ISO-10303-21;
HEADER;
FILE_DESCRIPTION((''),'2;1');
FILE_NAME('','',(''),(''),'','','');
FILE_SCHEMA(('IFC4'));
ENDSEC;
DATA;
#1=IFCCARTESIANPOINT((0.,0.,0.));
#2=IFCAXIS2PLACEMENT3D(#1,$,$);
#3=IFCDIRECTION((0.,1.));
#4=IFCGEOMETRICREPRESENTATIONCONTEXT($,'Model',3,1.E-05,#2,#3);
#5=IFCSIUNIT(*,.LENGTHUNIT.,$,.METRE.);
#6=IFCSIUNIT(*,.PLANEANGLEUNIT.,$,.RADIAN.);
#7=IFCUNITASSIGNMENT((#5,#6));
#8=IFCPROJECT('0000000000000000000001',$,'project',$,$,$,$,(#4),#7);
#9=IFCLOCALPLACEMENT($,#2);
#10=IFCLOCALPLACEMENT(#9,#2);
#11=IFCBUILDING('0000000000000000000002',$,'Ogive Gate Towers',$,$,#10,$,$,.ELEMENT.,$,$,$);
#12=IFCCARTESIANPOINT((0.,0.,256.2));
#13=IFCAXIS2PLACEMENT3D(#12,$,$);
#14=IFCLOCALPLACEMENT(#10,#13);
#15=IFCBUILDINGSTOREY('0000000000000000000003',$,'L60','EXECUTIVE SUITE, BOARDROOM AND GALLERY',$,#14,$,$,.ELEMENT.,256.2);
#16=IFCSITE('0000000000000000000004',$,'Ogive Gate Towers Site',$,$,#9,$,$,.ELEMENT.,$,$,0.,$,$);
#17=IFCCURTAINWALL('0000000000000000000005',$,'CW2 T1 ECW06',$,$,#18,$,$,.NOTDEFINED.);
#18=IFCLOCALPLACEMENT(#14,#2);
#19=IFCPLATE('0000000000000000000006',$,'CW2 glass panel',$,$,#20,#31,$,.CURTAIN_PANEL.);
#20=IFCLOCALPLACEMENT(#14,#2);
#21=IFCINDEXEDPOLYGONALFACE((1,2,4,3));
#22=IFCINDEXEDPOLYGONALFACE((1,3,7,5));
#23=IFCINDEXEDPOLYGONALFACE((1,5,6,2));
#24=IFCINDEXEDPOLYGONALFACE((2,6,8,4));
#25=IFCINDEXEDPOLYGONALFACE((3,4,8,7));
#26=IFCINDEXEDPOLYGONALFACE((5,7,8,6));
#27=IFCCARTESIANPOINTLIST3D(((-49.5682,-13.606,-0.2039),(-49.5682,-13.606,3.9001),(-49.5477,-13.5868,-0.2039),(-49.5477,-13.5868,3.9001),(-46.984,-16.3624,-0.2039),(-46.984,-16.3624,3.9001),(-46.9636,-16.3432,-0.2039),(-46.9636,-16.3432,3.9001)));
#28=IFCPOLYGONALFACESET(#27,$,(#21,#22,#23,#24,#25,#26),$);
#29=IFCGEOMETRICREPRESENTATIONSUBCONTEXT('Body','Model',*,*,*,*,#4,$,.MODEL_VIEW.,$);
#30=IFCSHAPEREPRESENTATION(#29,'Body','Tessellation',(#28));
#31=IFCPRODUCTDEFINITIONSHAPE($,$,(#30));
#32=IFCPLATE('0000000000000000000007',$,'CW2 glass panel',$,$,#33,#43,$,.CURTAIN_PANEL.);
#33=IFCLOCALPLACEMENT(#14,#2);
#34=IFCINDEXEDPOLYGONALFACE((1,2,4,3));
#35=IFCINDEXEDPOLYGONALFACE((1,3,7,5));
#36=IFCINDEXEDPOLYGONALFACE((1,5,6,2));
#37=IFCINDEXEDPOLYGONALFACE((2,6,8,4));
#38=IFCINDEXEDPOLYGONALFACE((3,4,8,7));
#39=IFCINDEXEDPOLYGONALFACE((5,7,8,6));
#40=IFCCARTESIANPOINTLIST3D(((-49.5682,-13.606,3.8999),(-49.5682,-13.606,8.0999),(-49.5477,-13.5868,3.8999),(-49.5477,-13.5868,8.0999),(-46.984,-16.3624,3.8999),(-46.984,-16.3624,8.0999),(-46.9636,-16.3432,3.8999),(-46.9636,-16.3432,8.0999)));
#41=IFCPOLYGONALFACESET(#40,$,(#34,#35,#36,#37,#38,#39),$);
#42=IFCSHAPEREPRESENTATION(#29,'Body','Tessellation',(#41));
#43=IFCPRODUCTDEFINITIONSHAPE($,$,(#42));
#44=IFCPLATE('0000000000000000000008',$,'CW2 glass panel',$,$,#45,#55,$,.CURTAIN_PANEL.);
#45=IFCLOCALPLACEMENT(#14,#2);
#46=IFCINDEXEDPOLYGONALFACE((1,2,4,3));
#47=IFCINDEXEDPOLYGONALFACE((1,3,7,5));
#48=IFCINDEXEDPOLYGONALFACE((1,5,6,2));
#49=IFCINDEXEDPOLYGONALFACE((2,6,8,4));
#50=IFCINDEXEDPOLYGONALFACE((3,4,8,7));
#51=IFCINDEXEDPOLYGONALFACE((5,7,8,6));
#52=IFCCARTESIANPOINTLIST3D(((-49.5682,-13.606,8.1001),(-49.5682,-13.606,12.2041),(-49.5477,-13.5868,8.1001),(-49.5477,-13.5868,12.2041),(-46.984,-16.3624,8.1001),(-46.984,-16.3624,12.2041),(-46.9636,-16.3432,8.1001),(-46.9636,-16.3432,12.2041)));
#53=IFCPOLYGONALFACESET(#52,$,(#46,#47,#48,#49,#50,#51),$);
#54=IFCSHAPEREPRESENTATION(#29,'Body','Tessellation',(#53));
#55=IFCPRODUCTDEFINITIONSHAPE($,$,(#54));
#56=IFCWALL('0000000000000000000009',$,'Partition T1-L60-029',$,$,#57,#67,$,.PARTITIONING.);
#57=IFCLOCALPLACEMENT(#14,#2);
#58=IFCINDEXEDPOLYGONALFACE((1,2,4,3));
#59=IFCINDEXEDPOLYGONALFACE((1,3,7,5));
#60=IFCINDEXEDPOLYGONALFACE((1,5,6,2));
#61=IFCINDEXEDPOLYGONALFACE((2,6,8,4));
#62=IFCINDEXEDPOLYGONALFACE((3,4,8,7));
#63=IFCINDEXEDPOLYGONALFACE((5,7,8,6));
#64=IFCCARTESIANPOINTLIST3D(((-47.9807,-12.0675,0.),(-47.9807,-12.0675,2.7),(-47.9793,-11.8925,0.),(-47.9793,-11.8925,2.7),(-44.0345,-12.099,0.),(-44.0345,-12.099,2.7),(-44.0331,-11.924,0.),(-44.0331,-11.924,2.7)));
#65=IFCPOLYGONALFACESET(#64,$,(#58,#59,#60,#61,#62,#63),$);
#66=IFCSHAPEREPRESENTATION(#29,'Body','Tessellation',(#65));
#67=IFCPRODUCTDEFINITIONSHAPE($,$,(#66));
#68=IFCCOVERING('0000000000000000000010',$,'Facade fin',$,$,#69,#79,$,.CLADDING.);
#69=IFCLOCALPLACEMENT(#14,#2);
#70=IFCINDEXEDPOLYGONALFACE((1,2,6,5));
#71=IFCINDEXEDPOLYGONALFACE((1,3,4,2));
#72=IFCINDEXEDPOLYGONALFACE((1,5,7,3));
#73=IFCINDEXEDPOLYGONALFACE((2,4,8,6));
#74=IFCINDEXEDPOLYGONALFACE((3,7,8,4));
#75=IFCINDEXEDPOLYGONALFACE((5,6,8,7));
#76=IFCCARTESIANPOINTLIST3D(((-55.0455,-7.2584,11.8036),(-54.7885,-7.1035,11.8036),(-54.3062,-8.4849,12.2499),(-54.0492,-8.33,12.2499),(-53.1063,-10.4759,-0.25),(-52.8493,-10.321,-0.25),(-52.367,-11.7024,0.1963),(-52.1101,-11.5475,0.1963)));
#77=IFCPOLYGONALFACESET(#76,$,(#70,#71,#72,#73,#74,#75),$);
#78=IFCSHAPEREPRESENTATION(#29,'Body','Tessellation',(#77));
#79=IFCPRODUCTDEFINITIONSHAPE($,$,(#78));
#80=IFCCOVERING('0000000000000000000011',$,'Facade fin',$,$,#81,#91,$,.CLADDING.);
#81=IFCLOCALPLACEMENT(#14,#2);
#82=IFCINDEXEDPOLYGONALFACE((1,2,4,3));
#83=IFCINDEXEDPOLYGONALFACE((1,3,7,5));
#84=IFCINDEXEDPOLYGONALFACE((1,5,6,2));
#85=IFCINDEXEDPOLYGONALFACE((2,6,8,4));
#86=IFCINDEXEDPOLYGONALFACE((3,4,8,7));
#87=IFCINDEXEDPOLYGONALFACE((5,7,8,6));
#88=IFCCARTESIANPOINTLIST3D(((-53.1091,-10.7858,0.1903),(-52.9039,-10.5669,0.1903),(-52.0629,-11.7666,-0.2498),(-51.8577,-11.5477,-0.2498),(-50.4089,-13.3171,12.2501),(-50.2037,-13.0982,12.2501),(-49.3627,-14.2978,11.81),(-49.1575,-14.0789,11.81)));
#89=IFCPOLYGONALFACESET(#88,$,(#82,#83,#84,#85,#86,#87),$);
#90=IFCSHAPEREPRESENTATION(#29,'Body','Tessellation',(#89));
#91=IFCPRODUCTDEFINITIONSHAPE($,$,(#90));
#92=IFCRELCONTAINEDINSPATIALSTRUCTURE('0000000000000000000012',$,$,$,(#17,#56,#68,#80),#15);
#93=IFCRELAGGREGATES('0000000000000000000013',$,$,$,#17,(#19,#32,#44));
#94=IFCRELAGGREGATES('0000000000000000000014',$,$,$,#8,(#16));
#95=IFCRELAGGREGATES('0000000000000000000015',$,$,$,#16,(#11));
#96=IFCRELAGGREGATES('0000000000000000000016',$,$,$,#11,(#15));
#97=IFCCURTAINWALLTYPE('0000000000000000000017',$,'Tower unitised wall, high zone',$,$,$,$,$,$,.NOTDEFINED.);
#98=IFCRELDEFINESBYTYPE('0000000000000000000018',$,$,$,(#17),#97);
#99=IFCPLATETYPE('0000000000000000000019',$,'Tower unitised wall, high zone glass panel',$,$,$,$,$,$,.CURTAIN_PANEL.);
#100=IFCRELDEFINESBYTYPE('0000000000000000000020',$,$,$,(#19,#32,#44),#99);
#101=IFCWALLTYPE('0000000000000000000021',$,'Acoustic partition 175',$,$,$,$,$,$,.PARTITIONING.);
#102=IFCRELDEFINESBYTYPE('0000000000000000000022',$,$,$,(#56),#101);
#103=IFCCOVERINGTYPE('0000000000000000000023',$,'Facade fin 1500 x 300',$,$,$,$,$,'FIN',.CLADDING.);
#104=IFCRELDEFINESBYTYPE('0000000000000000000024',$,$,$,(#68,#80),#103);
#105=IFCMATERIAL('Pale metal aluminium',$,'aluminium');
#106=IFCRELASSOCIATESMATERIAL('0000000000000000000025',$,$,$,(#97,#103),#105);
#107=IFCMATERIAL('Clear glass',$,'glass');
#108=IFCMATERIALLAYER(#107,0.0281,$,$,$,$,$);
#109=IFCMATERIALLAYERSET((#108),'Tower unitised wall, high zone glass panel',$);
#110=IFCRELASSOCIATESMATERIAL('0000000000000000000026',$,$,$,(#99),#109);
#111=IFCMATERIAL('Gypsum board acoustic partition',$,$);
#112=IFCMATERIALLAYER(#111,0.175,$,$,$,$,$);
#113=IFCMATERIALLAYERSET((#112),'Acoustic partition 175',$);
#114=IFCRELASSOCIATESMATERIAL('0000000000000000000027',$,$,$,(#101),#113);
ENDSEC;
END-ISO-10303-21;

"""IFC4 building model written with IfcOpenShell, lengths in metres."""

from ifc_helpers import new_model, si_unit, direction, frame, frame_2d, origin, origin_2d, place, context, subcontext, project, spatial, rectangle, extrude, material, layer, layer_set, material_profile, profile_set, type_object, element, aggregate, save


model = new_model("IFC4")

# Units and contexts
model_context = context("Model", 3, precision=1e-05, world=origin(), true_north=direction((0.0, 1.0)))
body_context = subcontext(model_context, "Body", "Model", "MODEL_VIEW")
ifc_project = project(units=[si_unit("LENGTHUNIT", "METRE"), si_unit("PLANEANGLEUNIT", "RADIAN")], contexts=[model_context])

# Site, building, storey
site_placement = place(None, origin())
site = spatial("IfcSite", under=ifc_project, at=site_placement, Name="Ogive Gate Towers Site", CompositionType="ELEMENT", RefElevation=0.0)
building_placement = place(site_placement, origin())
building = spatial("IfcBuilding", under=site, at=building_placement, Name="Ogive Gate Towers", CompositionType="ELEMENT")
storey_placement = place(building_placement, frame((0.0, 0.0, 256.2)))
storey = spatial("IfcBuildingStorey", under=building, at=storey_placement, Name="L60", Description="EXECUTIVE SUITE, BOARDROOM AND GALLERY", CompositionType="ELEMENT", Elevation=256.2)

# Curtain wall
ifc_material_1 = material(Name="Pale metal aluminium", Category="aluminium")
curtain_wall_type = type_object("IfcCurtainWallType", Name="Tower unitised wall, high zone", PredefinedType="NOTDEFINED", material=ifc_material_1)
curtain_wall_1_placement = place(storey_placement, origin())
curtain_wall_1 = element("IfcCurtainWall", 1, at=curtain_wall_1_placement, inside=storey, type_object=curtain_wall_type, Name="CW2 T1 ECW06", PredefinedType="NOTDEFINED")

# Plates
ifc_material_2 = material(Name="Clear glass", Category="glass")
ifc_layer_1 = layer(ifc_material_2, 0.0281)
ifc_layer_set_1 = layer_set([ifc_layer_1], Name="Tower unitised wall, high zone glass panel")
plate_type = type_object("IfcPlateType", Name="Tower unitised wall, high zone glass panel", PredefinedType="CURTAIN_PANEL", material=ifc_layer_set_1)
plate_1_placement = place(storey_placement, frame((-48.2659, -14.9746, -0.2039), z_axis=(0.0, 0.0, 1.0), x_axis=(0.683936, -0.729542, 0.0)))
plate_1 = element("IfcPlate", 2, at=plate_1_placement, type_object=plate_type, Name="CW2 glass panel", PredefinedType="CURTAIN_PANEL", context=body_context, shape_type="SweptSolid", body=[
    extrude(rectangle(XDim=3.7783, YDim=0.0281, at=origin_2d()), origin(), (0.0, 0.0, 1.0), 4.104),
])
plate_2_placement = place(storey_placement, frame((-48.2659, -14.9746, 3.8999), z_axis=(0.0, 0.0, 1.0), x_axis=(0.683936, -0.729542, 0.0)))
plate_2 = element("IfcPlate", 3, at=plate_2_placement, type_object=plate_type, Name="CW2 glass panel", PredefinedType="CURTAIN_PANEL", context=body_context, shape_type="SweptSolid", body=[
    extrude(rectangle(XDim=3.7783, YDim=0.0281, at=origin_2d()), origin(), (0.0, 0.0, 1.0), 4.2),
])
plate_3_placement = place(storey_placement, frame((-48.2659, -14.9746, 8.1001), z_axis=(0.0, 0.0, 1.0), x_axis=(0.683936, -0.729542, 0.0)))
plate_3 = element("IfcPlate", 4, at=plate_3_placement, type_object=plate_type, Name="CW2 glass panel", PredefinedType="CURTAIN_PANEL", context=body_context, shape_type="SweptSolid", body=[
    extrude(rectangle(XDim=3.7783, YDim=0.0281, at=origin_2d()), origin(), (0.0, 0.0, 1.0), 4.104),
])
aggregate(curtain_wall_1, [plate_1, plate_2, plate_3])

# Wall
ifc_material_3 = material(Name="Gypsum board acoustic partition")
ifc_layer_2 = layer(ifc_material_3, 0.175)
ifc_layer_set_2 = layer_set([ifc_layer_2], Name="Acoustic partition 175")
wall_type = type_object("IfcWallType", Name="Acoustic partition 175", PredefinedType="PARTITIONING", material=ifc_layer_set_2)
wall_placement = place(storey_placement, frame((-47.98, -11.98, 0.0), z_axis=(0.0, 0.0, 1.0), x_axis=(0.999968, -0.007981, 0.0)))
element("IfcWall", 5, at=wall_placement, inside=storey, type_object=wall_type, Name="Partition T1-L60-029", PredefinedType="PARTITIONING", context=body_context, shape_type="SweptSolid", body=[
    extrude(rectangle(XDim=3.9463, YDim=0.175, at=frame_2d((1.9731, 0.0))), origin(), (0.0, 0.0, 1.0), 2.7),
])

# Coverings
ifc_material_profile_1 = material_profile(ifc_material_1, rectangle(XDim=0.3, YDim=1.5, at=origin_2d()), Name="1500 x 300 pale metal aluminium")
ifc_profile_set_1 = profile_set([ifc_material_profile_1], Name="Pale metal aluminium")
covering_type = type_object("IfcCoveringType", Name="Facade fin 1500 x 300", ElementType="FIN", PredefinedType="CLADDING", material=ifc_profile_set_1)
covering_1_placement = place(storey_placement, frame((-52.6082, -11.0117, -0.0269), z_axis=(-0.153594, 0.254842, 0.954706), x_axis=(-0.856471, -0.516196, 0.0)))
element("IfcCovering", 6, at=covering_1_placement, inside=storey, type_object=covering_type, Name="Facade fin", PredefinedType="CLADDING", context=body_context, shape_type="SweptSolid", body=[
    extrude(rectangle(XDim=0.3, YDim=1.5, at=origin_2d()), origin(), (0.0, 0.0, 1.0), 12.6255),
])
covering_2_placement = place(storey_placement, frame((-52.4834, -11.1667, -0.0298), z_axis=(0.214047, -0.200654, 0.955993), x_axis=(0.683915, 0.729562, 0.0)))
element("IfcCovering", 7, at=covering_2_placement, inside=storey, type_object=covering_type, Name="Facade fin", PredefinedType="CLADDING", context=body_context, shape_type="SweptSolid", body=[
    extrude(rectangle(XDim=0.3, YDim=1.5, at=origin_2d()), origin(), (0.0, 0.0, 1.0), 12.615),
])

save(model, "model.ifc")
